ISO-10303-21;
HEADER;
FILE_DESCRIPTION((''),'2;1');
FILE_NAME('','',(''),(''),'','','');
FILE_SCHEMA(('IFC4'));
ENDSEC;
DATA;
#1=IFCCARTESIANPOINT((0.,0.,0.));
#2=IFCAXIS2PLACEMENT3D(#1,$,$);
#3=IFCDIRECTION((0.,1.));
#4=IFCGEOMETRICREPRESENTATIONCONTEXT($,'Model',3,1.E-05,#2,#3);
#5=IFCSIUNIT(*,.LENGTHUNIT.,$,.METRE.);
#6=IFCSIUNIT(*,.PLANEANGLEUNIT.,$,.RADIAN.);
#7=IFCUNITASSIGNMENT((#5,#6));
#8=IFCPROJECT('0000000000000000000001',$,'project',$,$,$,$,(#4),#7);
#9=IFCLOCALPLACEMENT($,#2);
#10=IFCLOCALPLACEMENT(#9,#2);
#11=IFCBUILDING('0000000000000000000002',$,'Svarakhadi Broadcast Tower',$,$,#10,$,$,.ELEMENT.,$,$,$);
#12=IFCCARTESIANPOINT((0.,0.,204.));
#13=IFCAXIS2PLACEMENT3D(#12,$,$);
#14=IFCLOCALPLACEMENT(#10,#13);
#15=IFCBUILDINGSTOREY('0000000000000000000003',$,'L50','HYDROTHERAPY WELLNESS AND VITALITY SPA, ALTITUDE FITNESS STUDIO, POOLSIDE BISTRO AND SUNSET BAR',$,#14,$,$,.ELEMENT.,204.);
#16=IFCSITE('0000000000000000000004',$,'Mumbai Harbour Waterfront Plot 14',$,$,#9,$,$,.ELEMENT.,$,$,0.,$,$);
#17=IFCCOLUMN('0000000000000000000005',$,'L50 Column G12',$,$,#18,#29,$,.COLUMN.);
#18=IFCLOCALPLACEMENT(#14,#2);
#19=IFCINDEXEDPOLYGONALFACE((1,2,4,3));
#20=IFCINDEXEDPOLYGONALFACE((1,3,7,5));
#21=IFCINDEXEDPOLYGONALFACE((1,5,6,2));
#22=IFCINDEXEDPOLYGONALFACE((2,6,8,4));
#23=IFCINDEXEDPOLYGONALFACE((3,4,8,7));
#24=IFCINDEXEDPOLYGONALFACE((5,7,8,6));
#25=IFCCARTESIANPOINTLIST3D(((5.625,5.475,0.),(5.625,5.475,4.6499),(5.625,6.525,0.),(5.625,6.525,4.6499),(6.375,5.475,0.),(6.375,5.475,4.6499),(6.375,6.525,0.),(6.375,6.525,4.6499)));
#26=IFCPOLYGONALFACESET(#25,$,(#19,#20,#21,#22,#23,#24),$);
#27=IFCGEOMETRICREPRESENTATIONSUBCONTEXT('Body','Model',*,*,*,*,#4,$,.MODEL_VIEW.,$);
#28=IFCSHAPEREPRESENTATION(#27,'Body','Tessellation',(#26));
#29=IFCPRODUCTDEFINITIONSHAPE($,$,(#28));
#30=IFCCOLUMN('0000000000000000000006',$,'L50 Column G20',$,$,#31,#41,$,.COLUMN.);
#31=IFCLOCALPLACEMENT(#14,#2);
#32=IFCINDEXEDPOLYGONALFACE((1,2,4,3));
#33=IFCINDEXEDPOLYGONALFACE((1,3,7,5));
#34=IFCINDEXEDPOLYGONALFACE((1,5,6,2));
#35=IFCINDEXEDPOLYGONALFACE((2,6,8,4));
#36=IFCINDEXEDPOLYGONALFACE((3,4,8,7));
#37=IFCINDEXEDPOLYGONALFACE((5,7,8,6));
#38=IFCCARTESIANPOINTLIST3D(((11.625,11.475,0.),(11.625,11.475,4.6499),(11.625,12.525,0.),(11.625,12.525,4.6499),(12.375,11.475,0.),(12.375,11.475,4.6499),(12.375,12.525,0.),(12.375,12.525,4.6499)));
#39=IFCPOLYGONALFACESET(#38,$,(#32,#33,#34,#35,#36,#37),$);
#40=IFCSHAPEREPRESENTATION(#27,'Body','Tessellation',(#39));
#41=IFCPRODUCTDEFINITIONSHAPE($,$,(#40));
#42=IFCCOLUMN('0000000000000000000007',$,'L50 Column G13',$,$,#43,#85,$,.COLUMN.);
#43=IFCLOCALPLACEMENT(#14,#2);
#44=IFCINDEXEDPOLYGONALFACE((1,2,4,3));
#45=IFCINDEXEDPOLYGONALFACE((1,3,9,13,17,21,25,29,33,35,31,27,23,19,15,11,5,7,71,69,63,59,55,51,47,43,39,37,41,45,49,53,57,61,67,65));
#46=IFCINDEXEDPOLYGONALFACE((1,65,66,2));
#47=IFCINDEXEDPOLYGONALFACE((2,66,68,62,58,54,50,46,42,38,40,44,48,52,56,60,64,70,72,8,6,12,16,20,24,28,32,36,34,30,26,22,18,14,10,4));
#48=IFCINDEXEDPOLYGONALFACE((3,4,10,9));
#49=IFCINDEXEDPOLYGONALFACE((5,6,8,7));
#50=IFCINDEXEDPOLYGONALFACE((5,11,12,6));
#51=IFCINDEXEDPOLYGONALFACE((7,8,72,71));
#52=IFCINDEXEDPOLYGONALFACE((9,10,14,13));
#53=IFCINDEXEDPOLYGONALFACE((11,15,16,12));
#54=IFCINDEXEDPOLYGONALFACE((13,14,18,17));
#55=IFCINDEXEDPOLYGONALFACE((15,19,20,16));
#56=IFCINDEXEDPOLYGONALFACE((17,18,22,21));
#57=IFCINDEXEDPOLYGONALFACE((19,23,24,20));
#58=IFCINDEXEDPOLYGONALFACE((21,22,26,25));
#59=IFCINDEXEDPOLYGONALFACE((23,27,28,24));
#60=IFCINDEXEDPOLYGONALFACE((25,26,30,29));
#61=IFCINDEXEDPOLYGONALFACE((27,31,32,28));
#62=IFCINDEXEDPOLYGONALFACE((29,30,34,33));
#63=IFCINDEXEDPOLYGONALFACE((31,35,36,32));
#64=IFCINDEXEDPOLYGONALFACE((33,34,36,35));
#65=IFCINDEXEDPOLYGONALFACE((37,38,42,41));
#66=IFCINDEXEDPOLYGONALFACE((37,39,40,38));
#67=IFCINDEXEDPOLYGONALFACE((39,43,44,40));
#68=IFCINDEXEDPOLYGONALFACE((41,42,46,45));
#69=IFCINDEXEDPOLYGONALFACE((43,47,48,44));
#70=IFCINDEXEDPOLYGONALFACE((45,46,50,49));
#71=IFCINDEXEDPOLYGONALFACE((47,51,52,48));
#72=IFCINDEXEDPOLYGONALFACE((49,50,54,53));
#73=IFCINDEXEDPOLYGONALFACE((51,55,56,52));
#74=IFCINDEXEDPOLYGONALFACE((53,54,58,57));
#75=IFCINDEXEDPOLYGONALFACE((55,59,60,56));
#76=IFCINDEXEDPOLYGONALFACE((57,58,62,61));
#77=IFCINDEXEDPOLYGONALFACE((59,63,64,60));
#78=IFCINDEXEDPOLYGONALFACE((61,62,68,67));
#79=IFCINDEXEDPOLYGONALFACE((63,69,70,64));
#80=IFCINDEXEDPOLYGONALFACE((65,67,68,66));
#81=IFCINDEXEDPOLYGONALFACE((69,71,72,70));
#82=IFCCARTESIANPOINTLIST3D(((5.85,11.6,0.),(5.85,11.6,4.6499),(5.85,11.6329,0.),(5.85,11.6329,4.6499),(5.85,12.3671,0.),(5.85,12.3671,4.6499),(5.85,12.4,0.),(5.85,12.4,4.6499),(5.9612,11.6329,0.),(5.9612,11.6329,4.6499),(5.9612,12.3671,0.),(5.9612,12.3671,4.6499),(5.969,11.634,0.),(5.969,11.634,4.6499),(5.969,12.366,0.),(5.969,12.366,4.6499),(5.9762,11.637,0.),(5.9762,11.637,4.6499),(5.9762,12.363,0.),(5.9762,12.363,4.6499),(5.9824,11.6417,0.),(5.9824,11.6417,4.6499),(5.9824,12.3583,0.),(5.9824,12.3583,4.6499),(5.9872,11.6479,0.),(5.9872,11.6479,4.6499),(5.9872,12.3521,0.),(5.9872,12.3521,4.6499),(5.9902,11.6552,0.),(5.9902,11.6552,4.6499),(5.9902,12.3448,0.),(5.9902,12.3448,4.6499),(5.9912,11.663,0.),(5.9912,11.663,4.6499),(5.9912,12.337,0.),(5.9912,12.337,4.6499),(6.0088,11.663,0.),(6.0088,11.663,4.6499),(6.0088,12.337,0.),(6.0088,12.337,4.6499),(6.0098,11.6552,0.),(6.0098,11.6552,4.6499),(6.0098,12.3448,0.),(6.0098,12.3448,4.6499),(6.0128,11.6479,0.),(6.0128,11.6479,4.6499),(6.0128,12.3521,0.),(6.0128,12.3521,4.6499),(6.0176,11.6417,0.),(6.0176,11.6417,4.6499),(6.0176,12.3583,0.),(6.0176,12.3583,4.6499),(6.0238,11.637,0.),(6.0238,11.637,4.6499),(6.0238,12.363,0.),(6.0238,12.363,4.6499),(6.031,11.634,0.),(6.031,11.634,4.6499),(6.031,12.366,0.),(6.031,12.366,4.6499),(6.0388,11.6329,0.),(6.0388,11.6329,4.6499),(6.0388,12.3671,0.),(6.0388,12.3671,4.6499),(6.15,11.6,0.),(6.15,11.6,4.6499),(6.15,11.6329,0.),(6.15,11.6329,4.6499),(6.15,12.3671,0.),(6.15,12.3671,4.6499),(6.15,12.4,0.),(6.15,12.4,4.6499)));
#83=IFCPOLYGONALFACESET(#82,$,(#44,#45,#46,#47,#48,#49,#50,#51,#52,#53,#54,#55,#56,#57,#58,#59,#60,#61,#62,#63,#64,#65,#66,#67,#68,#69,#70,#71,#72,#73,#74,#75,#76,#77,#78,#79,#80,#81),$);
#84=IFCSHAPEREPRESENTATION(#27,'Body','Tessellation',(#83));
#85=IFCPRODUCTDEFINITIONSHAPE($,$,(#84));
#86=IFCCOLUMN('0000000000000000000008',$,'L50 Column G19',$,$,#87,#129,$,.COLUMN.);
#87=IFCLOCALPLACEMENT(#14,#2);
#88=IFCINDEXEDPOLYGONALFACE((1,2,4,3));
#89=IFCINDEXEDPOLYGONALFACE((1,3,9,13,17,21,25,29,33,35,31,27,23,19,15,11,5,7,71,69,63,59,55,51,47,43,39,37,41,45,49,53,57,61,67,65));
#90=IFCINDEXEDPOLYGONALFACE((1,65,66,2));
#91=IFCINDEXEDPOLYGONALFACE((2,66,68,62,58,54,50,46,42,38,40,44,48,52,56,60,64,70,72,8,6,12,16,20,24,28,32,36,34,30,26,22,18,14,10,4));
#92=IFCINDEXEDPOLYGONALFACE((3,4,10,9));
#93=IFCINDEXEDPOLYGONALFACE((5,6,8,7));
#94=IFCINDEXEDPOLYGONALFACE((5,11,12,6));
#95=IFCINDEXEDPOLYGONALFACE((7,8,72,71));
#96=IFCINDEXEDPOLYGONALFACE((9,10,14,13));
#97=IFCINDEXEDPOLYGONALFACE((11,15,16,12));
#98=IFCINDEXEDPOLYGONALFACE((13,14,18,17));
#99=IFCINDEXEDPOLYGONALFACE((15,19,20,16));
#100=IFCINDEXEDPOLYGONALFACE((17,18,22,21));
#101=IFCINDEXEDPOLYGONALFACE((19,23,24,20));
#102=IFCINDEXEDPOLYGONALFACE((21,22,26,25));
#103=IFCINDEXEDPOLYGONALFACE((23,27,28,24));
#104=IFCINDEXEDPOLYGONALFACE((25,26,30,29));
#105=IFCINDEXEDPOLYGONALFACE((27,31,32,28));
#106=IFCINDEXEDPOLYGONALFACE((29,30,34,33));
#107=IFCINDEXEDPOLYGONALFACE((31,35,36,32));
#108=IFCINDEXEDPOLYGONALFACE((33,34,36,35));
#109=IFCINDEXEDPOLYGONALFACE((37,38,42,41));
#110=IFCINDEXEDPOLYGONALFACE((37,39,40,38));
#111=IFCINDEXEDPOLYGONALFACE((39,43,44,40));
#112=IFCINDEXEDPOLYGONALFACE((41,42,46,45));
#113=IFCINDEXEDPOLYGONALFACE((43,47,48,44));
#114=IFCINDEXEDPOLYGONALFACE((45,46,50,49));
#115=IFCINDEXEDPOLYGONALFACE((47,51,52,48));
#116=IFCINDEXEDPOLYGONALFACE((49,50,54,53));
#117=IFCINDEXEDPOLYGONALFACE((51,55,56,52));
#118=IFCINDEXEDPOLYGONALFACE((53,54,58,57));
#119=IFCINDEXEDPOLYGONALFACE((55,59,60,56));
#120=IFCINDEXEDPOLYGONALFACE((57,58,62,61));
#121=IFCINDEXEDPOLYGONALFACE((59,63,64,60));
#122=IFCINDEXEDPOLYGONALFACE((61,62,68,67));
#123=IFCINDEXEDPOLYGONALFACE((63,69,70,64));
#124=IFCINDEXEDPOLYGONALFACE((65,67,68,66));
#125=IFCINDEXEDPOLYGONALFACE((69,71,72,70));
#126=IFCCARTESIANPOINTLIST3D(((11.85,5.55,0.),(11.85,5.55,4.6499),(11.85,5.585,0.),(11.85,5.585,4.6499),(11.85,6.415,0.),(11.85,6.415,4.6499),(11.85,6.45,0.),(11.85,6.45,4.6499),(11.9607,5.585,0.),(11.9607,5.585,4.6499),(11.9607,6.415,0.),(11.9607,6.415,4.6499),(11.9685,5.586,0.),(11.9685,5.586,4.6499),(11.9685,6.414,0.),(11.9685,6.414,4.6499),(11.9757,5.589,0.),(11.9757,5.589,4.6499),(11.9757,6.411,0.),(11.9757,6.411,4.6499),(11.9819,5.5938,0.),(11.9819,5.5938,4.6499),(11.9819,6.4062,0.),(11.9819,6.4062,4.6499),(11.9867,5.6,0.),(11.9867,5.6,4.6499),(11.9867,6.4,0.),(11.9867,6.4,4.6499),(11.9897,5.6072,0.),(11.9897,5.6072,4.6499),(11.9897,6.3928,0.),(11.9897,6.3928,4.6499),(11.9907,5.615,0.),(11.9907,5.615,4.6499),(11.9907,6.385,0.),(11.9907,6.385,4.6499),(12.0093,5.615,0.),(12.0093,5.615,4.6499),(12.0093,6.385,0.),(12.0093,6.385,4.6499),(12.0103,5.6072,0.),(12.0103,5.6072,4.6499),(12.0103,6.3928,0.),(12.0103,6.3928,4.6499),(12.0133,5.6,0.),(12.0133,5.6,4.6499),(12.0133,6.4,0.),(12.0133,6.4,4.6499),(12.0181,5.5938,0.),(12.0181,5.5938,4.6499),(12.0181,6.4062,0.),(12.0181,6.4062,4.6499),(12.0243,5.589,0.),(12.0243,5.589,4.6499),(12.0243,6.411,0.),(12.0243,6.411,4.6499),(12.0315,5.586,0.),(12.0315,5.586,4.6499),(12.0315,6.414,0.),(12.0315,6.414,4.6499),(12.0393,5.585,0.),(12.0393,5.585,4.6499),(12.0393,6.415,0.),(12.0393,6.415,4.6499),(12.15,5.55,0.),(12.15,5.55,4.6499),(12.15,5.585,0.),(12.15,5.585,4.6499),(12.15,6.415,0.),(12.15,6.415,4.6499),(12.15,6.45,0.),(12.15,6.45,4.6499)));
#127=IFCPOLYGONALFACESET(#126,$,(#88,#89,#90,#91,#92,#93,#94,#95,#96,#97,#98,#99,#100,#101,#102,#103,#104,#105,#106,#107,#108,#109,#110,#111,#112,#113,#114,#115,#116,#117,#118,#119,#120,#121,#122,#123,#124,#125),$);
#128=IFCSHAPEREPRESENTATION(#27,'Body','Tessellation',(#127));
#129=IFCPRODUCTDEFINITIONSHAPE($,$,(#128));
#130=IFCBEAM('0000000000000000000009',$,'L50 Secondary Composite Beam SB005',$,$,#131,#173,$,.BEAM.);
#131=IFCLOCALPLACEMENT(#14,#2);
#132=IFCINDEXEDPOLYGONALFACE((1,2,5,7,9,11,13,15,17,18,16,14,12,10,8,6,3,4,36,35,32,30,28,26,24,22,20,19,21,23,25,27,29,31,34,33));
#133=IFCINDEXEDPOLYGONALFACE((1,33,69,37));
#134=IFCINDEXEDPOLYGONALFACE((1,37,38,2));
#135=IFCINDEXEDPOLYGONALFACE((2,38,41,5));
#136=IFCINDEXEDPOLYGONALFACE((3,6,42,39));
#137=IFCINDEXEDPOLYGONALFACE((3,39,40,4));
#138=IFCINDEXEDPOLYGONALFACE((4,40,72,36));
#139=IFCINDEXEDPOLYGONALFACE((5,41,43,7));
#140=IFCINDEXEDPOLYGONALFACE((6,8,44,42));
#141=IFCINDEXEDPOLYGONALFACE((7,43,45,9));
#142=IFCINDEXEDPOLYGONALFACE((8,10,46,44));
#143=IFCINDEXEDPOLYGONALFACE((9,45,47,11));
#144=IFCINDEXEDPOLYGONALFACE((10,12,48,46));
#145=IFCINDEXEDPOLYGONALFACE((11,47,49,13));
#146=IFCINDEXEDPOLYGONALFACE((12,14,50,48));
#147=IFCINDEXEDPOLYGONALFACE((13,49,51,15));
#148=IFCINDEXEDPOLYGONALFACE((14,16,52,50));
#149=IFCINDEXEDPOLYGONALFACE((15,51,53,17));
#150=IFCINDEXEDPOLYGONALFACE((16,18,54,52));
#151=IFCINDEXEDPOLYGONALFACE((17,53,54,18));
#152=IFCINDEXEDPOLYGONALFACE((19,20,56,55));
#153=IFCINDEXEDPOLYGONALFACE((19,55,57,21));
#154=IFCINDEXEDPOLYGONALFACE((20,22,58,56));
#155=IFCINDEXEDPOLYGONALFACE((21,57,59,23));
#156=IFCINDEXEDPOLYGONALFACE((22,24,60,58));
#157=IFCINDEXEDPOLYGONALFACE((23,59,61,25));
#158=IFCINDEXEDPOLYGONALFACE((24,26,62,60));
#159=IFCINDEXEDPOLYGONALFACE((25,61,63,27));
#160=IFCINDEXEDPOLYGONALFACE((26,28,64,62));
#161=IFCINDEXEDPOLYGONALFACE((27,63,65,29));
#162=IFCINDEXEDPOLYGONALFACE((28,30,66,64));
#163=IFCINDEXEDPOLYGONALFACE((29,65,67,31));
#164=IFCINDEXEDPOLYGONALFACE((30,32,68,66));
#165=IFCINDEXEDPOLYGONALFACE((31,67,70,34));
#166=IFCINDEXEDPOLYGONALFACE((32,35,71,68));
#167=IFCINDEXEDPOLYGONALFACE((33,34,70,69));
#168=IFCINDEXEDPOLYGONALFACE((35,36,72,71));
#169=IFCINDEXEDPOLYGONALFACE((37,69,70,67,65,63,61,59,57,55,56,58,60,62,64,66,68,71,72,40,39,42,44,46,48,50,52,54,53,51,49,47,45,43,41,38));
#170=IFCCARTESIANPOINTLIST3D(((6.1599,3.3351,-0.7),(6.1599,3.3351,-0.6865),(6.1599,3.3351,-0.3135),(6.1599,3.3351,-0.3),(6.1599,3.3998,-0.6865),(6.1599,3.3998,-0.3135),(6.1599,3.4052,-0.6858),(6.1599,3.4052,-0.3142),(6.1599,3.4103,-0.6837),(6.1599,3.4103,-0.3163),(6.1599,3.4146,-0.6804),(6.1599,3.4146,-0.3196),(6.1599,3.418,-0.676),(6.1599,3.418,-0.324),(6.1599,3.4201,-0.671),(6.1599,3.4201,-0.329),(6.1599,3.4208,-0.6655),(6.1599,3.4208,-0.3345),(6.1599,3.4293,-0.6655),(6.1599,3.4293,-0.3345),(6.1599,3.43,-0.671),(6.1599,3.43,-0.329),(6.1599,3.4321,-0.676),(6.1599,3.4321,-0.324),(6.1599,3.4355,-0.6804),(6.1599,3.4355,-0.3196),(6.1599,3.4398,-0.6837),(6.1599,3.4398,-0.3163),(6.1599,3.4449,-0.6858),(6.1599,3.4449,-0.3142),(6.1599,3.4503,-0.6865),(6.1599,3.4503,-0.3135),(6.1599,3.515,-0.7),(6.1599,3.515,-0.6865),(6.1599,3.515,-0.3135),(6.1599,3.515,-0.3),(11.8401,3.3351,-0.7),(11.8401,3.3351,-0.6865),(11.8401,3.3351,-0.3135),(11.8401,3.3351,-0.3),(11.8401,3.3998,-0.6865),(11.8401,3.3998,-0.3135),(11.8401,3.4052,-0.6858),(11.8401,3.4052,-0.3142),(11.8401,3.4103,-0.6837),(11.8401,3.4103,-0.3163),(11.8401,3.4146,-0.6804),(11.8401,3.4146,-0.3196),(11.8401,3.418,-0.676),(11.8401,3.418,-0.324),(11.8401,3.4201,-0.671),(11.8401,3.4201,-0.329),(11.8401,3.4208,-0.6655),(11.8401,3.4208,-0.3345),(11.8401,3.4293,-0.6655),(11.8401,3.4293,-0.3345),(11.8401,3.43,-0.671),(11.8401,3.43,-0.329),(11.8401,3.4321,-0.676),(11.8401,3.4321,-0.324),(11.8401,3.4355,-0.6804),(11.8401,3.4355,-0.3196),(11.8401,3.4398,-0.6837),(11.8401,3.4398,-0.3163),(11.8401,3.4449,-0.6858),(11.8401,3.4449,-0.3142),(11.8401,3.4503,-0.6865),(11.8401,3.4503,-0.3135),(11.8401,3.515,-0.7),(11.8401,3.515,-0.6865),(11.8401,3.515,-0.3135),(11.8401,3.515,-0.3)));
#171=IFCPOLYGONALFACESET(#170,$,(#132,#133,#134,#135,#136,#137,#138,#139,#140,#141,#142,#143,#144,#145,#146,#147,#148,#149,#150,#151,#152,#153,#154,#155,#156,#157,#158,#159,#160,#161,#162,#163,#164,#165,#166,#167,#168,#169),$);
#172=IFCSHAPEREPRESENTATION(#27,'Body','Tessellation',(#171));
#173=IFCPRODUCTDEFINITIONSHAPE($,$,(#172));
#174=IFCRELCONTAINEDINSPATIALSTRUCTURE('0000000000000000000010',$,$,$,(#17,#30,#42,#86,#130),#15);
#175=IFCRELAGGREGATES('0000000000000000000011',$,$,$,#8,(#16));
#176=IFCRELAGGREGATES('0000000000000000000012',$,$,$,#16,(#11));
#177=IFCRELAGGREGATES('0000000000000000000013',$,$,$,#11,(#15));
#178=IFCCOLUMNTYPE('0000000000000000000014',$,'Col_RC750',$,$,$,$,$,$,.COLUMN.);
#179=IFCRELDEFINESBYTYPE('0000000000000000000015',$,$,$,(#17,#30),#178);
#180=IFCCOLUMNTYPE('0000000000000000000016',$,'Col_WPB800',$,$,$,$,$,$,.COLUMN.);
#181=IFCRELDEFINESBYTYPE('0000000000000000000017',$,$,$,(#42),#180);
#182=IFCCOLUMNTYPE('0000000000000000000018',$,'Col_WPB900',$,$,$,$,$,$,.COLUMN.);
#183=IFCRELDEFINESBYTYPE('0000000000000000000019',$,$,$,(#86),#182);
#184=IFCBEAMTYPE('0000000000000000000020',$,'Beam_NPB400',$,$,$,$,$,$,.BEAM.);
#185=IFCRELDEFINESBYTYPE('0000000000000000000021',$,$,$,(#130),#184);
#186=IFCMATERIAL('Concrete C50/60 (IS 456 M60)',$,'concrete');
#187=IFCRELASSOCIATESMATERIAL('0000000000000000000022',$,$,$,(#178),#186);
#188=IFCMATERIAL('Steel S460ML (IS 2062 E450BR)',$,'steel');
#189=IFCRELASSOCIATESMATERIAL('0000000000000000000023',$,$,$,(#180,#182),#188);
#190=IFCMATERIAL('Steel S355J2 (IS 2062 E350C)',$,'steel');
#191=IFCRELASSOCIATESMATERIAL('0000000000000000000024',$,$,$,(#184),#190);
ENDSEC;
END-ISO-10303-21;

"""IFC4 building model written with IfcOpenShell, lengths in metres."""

from ifc_helpers import new_model, si_unit, direction, frame, origin, origin_2d, place, context, subcontext, project, spatial, rectangle, i_section, extrude, material, material_profile, profile_set, type_object, element, save


model = new_model("IFC4")

# Units and contexts
model_context = context("Model", 3, precision=1e-05, world=origin(), true_north=direction((0.0, 1.0)))
body_context = subcontext(model_context, "Body", "Model", "MODEL_VIEW")
ifc_project = project(units=[si_unit("LENGTHUNIT", "METRE"), si_unit("PLANEANGLEUNIT", "RADIAN")], contexts=[model_context])

# Site, building, storey
site_placement = place(None, origin())
site = spatial("IfcSite", under=ifc_project, at=site_placement, Name="Mumbai Harbour Waterfront Plot 14", CompositionType="ELEMENT", RefElevation=0.0)
building_placement = place(site_placement, origin())
building = spatial("IfcBuilding", under=site, at=building_placement, Name="Svarakhadi Broadcast Tower", CompositionType="ELEMENT")
storey_placement = place(building_placement, frame((0.0, 0.0, 204.0)))
storey = spatial("IfcBuildingStorey", under=building, at=storey_placement, Name="L50", Description="HYDROTHERAPY WELLNESS AND VITALITY SPA, ALTITUDE FITNESS STUDIO, POOLSIDE BISTRO AND SUNSET BAR", CompositionType="ELEMENT", Elevation=204.0)

# Columns
ifc_material_1 = material(Name="Concrete C50/60 (IS 456 M60)", Category="concrete")
ifc_material_profile_1 = material_profile(ifc_material_1, rectangle(XDim=0.75, YDim=1.05, at=origin_2d()), Name="RC 750x1050")
ifc_profile_set_1 = profile_set([ifc_material_profile_1], Name="Concrete C50/60 (IS 456 M60)")
column_type_1 = type_object("IfcColumnType", Name="Col_RC750", PredefinedType="COLUMN", material=ifc_profile_set_1)
for number, where, z_axis, x_axis, name in (
    (1, (6.0, 6.0, 0.0), (0.0, 0.0, 1.0), (1.0, 0.0, 0.0), "L50 Column G12"),
    (2, (12.0, 12.0, 0.0), (0.0, 0.0, 1.0), (1.0, 0.0, 0.0), "L50 Column G20"),
):
    element("IfcColumn", number, at=place(storey_placement, frame(where, z_axis=z_axis, x_axis=x_axis)), inside=storey, type_object=column_type_1, Name=name, PredefinedType="COLUMN", context=body_context, shape_type="SweptSolid", body=[
        extrude(rectangle(XDim=0.75, YDim=1.05, at=origin_2d()), origin(), (0.0, 0.0, 1.0), 4.6499),
    ])
ifc_material_2 = material(Name="Steel S460ML (IS 2062 E450BR)", Category="steel")
ifc_material_profile_2 = material_profile(ifc_material_2, i_section(OverallWidth=0.3, OverallDepth=0.8, WebThickness=0.0176, FlangeThickness=0.033, FilletRadius=0.03, at=origin_2d()), Name="WPB 800x300x262")
ifc_profile_set_2 = profile_set([ifc_material_profile_2], Name="Steel S460ML (IS 2062 E450BR)")
column_type_2 = type_object("IfcColumnType", Name="Col_WPB800", PredefinedType="COLUMN", material=ifc_profile_set_2)
column_1_placement = place(storey_placement, frame((6.0, 12.0, 0.0), z_axis=(0.0, 0.0, 1.0), x_axis=(1.0, 0.0, 0.0)))
element("IfcColumn", 3, at=column_1_placement, inside=storey, type_object=column_type_2, Name="L50 Column G13", PredefinedType="COLUMN", context=body_context, shape_type="SweptSolid", body=[
    extrude(i_section(OverallWidth=0.3, OverallDepth=0.8, WebThickness=0.0176, FlangeThickness=0.033, FilletRadius=0.03, at=origin_2d()), origin(), (0.0, 0.0, 1.0), 4.6499),
])
ifc_material_profile_3 = material_profile(ifc_material_2, i_section(OverallWidth=0.3, OverallDepth=0.8999, WebThickness=0.0186, FlangeThickness=0.0349, FilletRadius=0.03, at=origin_2d()), Name="WPB 900x300x291")
ifc_profile_set_3 = profile_set([ifc_material_profile_3], Name="Steel S460ML (IS 2062 E450BR)")
column_type_3 = type_object("IfcColumnType", Name="Col_WPB900", PredefinedType="COLUMN", material=ifc_profile_set_3)
column_2_placement = place(storey_placement, frame((12.0, 6.0, 0.0), z_axis=(0.0, 0.0, 1.0), x_axis=(1.0, 0.0, 0.0)))
element("IfcColumn", 4, at=column_2_placement, inside=storey, type_object=column_type_3, Name="L50 Column G19", PredefinedType="COLUMN", context=body_context, shape_type="SweptSolid", body=[
    extrude(i_section(OverallWidth=0.3, OverallDepth=0.8999, WebThickness=0.0186, FlangeThickness=0.0349, FilletRadius=0.03, at=origin_2d()), origin(), (0.0, 0.0, 1.0), 4.6499),
])

# Beam
ifc_material_3 = material(Name="Steel S355J2 (IS 2062 E350C)", Category="steel")
ifc_material_profile_4 = material_profile(ifc_material_3, i_section(OverallWidth=0.1799, OverallDepth=0.3999, WebThickness=0.0085, FlangeThickness=0.0134, FilletRadius=0.021, at=origin_2d()), Name="NPB 400x180x66")
ifc_profile_set_4 = profile_set([ifc_material_profile_4], Name="Steel S355J2 (IS 2062 E350C)")
beam_type_1 = type_object("IfcBeamType", Name="Beam_NPB400", PredefinedType="BEAM", material=ifc_profile_set_4)
for number, where, z_axis, x_axis, name in (
    (5, (6.1599, 3.425, -0.5), (1.0, 0.0, 0.0), (0.0, 1.0, 0.0), "L50 Secondary Composite Beam SB005"),
):
    element("IfcBeam", number, at=place(storey_placement, frame(where, z_axis=z_axis, x_axis=x_axis)), inside=storey, type_object=beam_type_1, Name=name, PredefinedType="BEAM", context=body_context, shape_type="SweptSolid", body=[
        extrude(i_section(OverallWidth=0.1799, OverallDepth=0.3999, WebThickness=0.0085, FlangeThickness=0.0134, FilletRadius=0.021, at=origin_2d()), origin(), (0.0, 0.0, 1.0), 5.6802),
    ])

save(model, "model.ifc")
